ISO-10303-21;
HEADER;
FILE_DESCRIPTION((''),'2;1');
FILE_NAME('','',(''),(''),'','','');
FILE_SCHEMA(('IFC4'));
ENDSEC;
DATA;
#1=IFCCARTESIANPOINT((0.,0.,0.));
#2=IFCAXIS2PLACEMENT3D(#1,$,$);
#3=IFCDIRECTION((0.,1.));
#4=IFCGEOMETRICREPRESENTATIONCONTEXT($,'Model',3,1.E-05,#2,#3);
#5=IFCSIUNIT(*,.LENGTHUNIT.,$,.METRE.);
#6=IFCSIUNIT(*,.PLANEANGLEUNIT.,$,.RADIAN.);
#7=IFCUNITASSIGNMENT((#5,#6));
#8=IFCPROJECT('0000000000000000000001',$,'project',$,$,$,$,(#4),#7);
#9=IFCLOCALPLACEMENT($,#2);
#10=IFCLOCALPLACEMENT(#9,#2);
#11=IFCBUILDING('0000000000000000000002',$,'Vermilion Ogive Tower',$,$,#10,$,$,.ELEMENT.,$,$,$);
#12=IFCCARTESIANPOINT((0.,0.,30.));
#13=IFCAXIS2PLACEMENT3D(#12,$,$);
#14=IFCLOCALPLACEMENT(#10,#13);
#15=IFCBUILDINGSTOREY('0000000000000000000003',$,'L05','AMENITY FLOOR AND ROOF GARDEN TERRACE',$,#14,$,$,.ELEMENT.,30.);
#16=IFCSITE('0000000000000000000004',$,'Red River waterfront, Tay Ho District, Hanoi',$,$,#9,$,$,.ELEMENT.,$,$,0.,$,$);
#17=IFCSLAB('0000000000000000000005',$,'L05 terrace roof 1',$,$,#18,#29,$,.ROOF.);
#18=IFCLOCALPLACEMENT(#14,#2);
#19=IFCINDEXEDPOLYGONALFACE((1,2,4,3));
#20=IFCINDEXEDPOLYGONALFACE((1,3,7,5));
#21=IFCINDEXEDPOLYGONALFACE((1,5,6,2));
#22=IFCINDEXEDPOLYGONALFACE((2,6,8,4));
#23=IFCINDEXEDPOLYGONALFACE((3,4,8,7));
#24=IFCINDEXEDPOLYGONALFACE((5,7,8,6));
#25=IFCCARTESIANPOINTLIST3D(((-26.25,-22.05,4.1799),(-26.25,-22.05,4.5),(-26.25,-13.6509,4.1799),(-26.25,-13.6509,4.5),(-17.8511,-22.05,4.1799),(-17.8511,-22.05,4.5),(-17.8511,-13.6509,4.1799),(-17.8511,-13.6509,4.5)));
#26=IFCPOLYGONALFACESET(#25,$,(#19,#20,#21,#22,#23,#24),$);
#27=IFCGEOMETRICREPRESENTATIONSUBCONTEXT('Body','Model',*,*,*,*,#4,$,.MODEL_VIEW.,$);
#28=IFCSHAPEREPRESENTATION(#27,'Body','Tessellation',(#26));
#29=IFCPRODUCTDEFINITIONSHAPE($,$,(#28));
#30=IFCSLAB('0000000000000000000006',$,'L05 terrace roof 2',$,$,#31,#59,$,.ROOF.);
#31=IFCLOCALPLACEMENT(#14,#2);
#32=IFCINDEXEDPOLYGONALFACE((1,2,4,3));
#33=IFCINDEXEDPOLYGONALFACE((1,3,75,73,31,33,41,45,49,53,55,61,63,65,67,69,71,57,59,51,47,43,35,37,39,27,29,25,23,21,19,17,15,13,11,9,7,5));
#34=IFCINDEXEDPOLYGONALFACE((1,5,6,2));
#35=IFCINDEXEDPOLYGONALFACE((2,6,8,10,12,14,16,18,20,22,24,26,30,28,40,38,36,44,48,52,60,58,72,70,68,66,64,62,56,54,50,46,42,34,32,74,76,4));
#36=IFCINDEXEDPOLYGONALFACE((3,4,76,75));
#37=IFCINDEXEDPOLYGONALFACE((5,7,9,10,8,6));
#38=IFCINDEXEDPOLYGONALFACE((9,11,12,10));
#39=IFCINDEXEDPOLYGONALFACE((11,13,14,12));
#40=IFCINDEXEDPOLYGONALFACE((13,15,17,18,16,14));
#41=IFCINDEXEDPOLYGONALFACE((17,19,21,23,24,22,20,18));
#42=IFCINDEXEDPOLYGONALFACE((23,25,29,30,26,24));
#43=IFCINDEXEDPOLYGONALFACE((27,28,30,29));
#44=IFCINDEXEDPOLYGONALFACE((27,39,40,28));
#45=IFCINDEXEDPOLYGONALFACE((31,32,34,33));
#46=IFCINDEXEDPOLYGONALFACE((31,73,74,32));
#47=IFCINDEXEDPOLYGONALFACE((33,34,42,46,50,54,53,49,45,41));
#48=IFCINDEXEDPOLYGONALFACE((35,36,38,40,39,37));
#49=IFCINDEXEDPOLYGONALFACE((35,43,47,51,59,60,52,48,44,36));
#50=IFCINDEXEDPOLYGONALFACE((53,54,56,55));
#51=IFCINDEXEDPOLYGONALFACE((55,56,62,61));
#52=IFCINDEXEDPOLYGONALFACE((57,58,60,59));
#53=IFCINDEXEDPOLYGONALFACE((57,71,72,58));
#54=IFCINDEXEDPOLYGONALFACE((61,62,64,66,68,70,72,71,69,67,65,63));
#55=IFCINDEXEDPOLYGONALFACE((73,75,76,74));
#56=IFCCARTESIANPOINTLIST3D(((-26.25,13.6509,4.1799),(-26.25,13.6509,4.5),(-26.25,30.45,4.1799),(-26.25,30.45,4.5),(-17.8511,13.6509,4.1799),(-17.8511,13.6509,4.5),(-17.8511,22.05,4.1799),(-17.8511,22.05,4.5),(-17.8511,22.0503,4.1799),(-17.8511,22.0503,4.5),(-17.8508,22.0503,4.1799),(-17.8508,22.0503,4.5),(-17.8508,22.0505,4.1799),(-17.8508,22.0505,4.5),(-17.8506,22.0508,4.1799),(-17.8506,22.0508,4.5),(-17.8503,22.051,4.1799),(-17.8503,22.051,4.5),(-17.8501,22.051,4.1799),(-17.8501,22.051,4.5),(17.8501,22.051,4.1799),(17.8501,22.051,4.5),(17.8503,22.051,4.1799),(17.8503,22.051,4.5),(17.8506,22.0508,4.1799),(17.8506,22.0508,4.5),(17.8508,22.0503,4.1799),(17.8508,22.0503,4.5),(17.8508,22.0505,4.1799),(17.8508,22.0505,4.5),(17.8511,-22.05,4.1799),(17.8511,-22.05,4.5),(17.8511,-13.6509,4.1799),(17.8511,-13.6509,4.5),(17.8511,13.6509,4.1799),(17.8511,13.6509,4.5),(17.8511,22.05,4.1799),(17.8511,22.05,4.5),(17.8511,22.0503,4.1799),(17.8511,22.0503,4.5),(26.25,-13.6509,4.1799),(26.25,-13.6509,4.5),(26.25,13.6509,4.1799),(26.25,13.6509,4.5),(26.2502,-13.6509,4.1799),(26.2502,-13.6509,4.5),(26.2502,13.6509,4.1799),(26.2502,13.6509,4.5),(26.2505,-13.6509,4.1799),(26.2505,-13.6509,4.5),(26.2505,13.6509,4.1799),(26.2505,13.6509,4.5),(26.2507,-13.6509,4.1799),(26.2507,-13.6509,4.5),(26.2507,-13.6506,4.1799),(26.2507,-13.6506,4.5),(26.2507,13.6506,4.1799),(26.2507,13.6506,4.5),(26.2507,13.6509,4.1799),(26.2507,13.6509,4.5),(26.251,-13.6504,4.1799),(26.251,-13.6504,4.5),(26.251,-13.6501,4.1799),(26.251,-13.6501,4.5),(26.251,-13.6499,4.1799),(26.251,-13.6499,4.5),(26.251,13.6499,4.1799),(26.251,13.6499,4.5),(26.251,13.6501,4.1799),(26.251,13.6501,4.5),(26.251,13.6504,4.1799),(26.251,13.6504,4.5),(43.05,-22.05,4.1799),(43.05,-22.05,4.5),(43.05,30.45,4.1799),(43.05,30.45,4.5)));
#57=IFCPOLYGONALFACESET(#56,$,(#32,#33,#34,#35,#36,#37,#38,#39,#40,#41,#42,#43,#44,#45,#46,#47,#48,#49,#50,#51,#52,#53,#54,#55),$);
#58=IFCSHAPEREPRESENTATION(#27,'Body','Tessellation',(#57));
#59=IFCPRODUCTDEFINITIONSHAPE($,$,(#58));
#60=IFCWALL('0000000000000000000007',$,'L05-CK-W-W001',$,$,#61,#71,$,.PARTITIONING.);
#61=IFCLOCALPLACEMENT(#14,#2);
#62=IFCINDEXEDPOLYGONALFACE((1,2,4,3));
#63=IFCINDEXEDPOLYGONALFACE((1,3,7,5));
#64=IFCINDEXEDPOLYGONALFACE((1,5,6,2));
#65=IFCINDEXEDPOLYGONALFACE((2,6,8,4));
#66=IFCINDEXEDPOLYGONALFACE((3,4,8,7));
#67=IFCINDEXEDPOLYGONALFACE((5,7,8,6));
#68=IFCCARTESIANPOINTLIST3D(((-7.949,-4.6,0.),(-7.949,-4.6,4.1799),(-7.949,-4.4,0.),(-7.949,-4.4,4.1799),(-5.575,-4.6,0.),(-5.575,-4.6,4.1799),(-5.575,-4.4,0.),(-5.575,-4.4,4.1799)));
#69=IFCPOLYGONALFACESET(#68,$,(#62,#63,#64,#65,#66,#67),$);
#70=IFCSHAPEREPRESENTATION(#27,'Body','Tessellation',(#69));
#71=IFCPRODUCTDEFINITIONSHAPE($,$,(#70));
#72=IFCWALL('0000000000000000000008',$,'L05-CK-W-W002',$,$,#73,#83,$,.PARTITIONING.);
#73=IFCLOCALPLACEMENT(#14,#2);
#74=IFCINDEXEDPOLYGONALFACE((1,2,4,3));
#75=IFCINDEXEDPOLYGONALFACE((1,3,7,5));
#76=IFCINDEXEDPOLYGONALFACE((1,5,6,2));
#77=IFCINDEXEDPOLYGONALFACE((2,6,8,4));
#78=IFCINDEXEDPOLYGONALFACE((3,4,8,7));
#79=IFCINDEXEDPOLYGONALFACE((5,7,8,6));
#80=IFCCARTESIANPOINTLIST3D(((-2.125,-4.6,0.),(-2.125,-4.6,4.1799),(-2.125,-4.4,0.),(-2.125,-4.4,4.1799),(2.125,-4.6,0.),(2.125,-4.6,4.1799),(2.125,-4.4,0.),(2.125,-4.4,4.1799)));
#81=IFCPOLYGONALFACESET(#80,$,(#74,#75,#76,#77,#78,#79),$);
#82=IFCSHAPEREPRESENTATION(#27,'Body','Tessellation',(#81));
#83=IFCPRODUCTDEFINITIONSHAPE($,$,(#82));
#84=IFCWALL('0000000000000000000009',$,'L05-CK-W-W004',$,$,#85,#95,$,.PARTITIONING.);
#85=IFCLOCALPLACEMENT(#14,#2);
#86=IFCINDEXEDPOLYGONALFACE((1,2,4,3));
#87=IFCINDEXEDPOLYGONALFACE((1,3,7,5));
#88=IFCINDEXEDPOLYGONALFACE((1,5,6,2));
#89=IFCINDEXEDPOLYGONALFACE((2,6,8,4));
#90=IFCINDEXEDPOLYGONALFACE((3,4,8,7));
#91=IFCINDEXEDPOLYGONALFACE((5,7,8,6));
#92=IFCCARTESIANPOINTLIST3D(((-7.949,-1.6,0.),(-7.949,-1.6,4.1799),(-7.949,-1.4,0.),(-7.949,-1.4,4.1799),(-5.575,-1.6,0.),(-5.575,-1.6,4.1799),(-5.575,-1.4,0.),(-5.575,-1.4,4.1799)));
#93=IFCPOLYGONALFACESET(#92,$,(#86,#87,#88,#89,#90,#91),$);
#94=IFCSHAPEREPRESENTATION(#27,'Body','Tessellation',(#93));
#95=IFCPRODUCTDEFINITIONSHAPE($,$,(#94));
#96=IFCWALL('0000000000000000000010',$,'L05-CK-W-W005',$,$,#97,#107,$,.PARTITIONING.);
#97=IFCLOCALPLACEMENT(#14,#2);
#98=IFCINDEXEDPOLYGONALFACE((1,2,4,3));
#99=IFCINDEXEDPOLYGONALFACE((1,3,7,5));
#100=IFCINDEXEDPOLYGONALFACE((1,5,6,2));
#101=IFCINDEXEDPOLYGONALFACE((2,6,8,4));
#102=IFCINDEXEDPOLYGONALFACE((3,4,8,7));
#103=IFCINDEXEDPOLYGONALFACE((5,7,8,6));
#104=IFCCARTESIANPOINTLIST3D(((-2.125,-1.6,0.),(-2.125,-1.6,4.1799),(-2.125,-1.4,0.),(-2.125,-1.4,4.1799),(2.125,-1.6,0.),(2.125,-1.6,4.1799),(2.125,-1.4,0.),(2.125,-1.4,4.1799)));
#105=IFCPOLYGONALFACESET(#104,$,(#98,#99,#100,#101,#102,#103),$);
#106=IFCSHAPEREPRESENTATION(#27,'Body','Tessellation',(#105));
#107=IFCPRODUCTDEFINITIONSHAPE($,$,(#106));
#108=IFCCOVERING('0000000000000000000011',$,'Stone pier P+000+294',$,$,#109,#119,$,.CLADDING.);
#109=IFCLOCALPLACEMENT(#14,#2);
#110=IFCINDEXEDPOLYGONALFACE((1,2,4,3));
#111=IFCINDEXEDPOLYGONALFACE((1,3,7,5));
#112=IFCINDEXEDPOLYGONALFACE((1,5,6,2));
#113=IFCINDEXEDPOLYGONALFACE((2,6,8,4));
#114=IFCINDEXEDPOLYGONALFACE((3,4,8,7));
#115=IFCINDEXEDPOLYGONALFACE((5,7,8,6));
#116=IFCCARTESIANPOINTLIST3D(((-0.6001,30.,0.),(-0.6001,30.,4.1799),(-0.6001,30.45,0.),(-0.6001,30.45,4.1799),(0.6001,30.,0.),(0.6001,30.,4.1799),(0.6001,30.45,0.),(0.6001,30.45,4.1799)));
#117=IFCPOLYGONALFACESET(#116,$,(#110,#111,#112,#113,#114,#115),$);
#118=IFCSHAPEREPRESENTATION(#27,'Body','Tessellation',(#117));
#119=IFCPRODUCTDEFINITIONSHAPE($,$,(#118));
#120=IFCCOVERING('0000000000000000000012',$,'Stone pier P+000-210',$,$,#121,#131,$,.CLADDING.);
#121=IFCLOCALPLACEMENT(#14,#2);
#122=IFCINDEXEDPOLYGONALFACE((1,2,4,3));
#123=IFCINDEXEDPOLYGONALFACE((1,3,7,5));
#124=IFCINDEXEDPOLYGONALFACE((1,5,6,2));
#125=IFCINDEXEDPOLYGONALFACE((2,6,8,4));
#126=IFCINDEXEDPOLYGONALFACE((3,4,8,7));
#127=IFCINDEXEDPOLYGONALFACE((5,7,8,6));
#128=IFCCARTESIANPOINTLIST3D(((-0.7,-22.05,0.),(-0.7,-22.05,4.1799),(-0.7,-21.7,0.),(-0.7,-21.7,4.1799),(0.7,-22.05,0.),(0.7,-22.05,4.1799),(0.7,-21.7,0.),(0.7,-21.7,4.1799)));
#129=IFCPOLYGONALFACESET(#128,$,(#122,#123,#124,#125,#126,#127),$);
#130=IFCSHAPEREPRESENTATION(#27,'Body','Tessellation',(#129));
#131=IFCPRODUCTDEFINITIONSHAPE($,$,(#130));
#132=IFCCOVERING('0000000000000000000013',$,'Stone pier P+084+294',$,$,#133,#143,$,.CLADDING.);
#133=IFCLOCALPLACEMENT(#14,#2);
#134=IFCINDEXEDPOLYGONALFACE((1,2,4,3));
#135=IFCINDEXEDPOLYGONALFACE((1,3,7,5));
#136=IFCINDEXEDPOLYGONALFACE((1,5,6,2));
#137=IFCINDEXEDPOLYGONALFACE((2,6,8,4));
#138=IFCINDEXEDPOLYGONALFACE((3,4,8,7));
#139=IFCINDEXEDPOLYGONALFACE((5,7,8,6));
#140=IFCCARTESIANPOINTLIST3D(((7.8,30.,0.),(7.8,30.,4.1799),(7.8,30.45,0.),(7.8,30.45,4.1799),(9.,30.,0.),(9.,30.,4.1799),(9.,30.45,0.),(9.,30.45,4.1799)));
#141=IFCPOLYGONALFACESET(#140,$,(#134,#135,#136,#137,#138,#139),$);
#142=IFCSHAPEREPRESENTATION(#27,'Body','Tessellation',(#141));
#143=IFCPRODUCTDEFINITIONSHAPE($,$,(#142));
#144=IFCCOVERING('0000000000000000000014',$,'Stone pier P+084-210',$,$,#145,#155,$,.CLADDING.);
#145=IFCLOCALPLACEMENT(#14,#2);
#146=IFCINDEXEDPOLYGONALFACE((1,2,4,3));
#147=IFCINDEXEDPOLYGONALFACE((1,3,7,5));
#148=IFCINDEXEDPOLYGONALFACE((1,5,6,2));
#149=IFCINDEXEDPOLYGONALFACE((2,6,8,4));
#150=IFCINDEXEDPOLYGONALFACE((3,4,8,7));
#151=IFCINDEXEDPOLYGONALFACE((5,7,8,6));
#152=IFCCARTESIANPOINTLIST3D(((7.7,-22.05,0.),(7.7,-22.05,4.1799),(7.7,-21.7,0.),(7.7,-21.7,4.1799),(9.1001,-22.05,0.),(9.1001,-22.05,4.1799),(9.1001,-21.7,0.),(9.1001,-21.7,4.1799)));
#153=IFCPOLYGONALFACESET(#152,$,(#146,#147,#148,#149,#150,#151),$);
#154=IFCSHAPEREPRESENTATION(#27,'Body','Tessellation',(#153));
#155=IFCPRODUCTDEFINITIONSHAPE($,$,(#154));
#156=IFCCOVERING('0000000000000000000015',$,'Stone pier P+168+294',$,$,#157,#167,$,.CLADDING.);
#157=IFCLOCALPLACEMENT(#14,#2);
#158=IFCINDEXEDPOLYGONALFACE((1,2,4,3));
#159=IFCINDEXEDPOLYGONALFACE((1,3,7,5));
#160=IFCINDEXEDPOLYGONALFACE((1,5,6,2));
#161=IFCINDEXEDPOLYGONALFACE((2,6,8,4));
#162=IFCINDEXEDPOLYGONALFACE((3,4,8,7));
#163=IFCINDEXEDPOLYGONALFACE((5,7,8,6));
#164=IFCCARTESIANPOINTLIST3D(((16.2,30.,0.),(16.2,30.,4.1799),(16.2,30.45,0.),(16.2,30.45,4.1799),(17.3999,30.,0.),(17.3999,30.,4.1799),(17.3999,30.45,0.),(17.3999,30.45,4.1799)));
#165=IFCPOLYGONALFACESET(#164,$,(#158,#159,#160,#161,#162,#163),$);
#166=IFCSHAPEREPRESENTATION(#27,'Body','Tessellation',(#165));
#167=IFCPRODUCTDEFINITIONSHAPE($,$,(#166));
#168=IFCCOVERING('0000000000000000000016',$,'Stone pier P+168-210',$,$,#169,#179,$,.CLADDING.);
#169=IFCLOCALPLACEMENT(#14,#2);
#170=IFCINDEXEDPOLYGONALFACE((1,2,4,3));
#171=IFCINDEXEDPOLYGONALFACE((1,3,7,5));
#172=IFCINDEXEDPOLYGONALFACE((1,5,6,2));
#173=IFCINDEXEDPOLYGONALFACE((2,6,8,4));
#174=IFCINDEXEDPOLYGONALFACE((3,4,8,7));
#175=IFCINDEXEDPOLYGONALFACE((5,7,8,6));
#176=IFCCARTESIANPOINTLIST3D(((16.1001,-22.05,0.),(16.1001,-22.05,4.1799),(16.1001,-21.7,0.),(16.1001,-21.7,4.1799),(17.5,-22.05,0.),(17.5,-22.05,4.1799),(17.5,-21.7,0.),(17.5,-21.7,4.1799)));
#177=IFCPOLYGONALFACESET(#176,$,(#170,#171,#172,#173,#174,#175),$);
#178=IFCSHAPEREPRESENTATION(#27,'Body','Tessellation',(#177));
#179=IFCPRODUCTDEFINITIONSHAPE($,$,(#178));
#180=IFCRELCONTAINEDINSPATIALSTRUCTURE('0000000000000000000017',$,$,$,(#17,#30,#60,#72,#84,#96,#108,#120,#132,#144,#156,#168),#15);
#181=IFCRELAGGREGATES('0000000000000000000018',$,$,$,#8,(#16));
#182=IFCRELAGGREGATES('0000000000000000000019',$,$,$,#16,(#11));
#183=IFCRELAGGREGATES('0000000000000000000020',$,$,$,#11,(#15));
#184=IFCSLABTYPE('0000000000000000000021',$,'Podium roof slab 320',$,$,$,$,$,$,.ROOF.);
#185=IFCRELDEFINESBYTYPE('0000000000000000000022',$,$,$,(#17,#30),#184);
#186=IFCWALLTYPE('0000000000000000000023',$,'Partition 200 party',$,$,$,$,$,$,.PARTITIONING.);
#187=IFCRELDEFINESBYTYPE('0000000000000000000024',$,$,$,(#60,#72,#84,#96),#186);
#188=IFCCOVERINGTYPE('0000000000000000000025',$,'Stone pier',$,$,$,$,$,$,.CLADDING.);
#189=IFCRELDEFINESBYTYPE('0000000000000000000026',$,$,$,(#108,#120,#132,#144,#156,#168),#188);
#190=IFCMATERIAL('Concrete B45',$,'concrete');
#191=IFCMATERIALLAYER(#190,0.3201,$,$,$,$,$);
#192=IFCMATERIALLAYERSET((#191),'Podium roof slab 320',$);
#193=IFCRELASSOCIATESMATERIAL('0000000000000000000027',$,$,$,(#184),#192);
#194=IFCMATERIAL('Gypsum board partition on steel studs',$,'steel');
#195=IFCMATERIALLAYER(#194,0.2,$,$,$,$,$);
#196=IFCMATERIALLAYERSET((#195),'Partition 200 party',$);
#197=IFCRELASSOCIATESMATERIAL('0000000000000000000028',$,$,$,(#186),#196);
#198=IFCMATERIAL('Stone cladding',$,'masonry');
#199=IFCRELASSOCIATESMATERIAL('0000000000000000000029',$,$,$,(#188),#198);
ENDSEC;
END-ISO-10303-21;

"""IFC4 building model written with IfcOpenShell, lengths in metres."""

from ifc_helpers import new_model, si_unit, direction, frame, frame_2d, origin, place, context, subcontext, project, spatial, polyline, rectangle, outline, extrude, material, layer, layer_set, type_object, element, save


model = new_model("IFC4")

# Units and contexts
model_context = context("Model", 3, precision=1e-05, world=origin(), true_north=direction((0.0, 1.0)))
body_context = subcontext(model_context, "Body", "Model", "MODEL_VIEW")
ifc_project = project(units=[si_unit("LENGTHUNIT", "METRE"), si_unit("PLANEANGLEUNIT", "RADIAN")], contexts=[model_context])

# Site, building, storey
site_placement = place(None, origin())
site = spatial("IfcSite", under=ifc_project, at=site_placement, Name="Red River waterfront, Tay Ho District, Hanoi", CompositionType="ELEMENT", RefElevation=0.0)
building_placement = place(site_placement, origin())
building = spatial("IfcBuilding", under=site, at=building_placement, Name="Vermilion Ogive Tower", CompositionType="ELEMENT")
storey_placement = place(building_placement, frame((0.0, 0.0, 30.0)))
storey = spatial("IfcBuildingStorey", under=building, at=storey_placement, Name="L05", Description="AMENITY FLOOR AND ROOF GARDEN TERRACE", CompositionType="ELEMENT", Elevation=30.0)

# Slabs
ifc_material_1 = material(Name="Concrete B45", Category="concrete")
ifc_layer_1 = layer(ifc_material_1, 0.3201)
ifc_layer_set_1 = layer_set([ifc_layer_1], Name="Podium roof slab 320")
slab_type_1 = type_object("IfcSlabType", Name="Podium roof slab 320", PredefinedType="ROOF", material=ifc_layer_set_1)
slab_1_placement = place(storey_placement, frame((0.0, 0.0, 4.1799)))
element("IfcSlab", 1, at=slab_1_placement, inside=storey, type_object=slab_type_1, Name="L05 terrace roof 1", PredefinedType="ROOF", context=body_context, shape_type="SweptSolid", body=[
    extrude(outline(polyline([(-26.25, -13.6509), (-26.25, -22.05), (-17.8511, -22.05), (-17.8511, -13.6509), (-26.25, -13.6509)])), origin(), (0.0, 0.0, 1.0), 0.3201),
])
slab_2_placement = place(storey_placement, frame((0.0, 0.0, 4.1799)))
element("IfcSlab", 2, at=slab_2_placement, inside=storey, type_object=slab_type_1, Name="L05 terrace roof 2", PredefinedType="ROOF", context=body_context, shape_type="SweptSolid", body=[
    extrude(outline(polyline([(-26.25, 30.45), (-26.25, 13.6509), (-17.8511, 13.6509), (-17.8511, 22.05), (-17.8511, 22.0503), (-17.8508, 22.0503), (-17.8508, 22.0505), (-17.8506, 22.0508), (-17.8503, 22.051), (-17.8501, 22.051), (17.8501, 22.051), (17.8503, 22.051), (17.8506, 22.0508), (17.8508, 22.0505), (17.8508, 22.0503), (17.8511, 22.0503), (17.8511, 22.05), (17.8511, 13.6509), (26.25, 13.6509), (26.2502, 13.6509), (26.2505, 13.6509), (26.2507, 13.6509), (26.2507, 13.6506), (26.251, 13.6504), (26.251, 13.6501), (26.251, 13.6499), (26.251, -13.6499), (26.251, -13.6501), (26.251, -13.6504), (26.2507, -13.6506), (26.2507, -13.6509), (26.2505, -13.6509), (26.2502, -13.6509), (26.25, -13.6509), (17.8511, -13.6509), (17.8511, -22.05), (43.05, -22.05), (43.05, 30.45), (-26.25, 30.45)])), origin(), (0.0, 0.0, 1.0), 0.3201),
])

# Walls
ifc_material_2 = material(Name="Gypsum board partition on steel studs", Category="steel")
ifc_layer_2 = layer(ifc_material_2, 0.2)
ifc_layer_set_2 = layer_set([ifc_layer_2], Name="Partition 200 party")
wall_type = type_object("IfcWallType", Name="Partition 200 party", PredefinedType="PARTITIONING", material=ifc_layer_set_2)
wall_1_placement = place(storey_placement, frame((-7.949, -4.5, 0.0), z_axis=(0.0, 0.0, 1.0), x_axis=(1.0, 0.0, 0.0)))
element("IfcWall", 3, at=wall_1_placement, inside=storey, type_object=wall_type, Name="L05-CK-W-W001", PredefinedType="PARTITIONING", context=body_context, shape_type="SweptSolid", body=[
    extrude(rectangle(XDim=2.374, YDim=0.2, at=frame_2d((1.187, 0.0))), origin(), (0.0, 0.0, 1.0), 4.1799),
])
wall_2_placement = place(storey_placement, frame((-2.125, -4.5, 0.0), z_axis=(0.0, 0.0, 1.0), x_axis=(1.0, 0.0, 0.0)))
element("IfcWall", 4, at=wall_2_placement, inside=storey, type_object=wall_type, Name="L05-CK-W-W002", PredefinedType="PARTITIONING", context=body_context, shape_type="SweptSolid", body=[
    extrude(rectangle(XDim=4.25, YDim=0.2, at=frame_2d((2.125, 0.0))), origin(), (0.0, 0.0, 1.0), 4.1799),
])
wall_3_placement = place(storey_placement, frame((-7.949, -1.5, 0.0), z_axis=(0.0, 0.0, 1.0), x_axis=(1.0, 0.0, 0.0)))
element("IfcWall", 5, at=wall_3_placement, inside=storey, type_object=wall_type, Name="L05-CK-W-W004", PredefinedType="PARTITIONING", context=body_context, shape_type="SweptSolid", body=[
    extrude(rectangle(XDim=2.374, YDim=0.2, at=frame_2d((1.187, 0.0))), origin(), (0.0, 0.0, 1.0), 4.1799),
])
wall_4_placement = place(storey_placement, frame((-2.125, -1.5, 0.0), z_axis=(0.0, 0.0, 1.0), x_axis=(1.0, 0.0, 0.0)))
element("IfcWall", 6, at=wall_4_placement, inside=storey, type_object=wall_type, Name="L05-CK-W-W005", PredefinedType="PARTITIONING", context=body_context, shape_type="SweptSolid", body=[
    extrude(rectangle(XDim=4.25, YDim=0.2, at=frame_2d((2.125, 0.0))), origin(), (0.0, 0.0, 1.0), 4.1799),
])

# Coverings
ifc_material_3 = material(Name="Stone cladding", Category="masonry")
covering_type = type_object("IfcCoveringType", Name="Stone pier", PredefinedType="CLADDING", material=ifc_material_3)
covering_1_placement = place(storey_placement, origin())
element("IfcCovering", 7, at=covering_1_placement, inside=storey, type_object=covering_type, Name="Stone pier P+000+294", PredefinedType="CLADDING", context=body_context, shape_type="SweptSolid", body=[
    extrude(outline(polyline([(-0.6001, 30.0), (-0.6001, 30.0), (-0.6001, 30.45), (0.6001, 30.45), (0.6001, 30.0), (0.6001, 30.0), (-0.6001, 30.0)])), origin(), (0.0, 0.0, 1.0), 4.1799),
])
covering_2_placement = place(storey_placement, origin())
element("IfcCovering", 8, at=covering_2_placement, inside=storey, type_object=covering_type, Name="Stone pier P+000-210", PredefinedType="CLADDING", context=body_context, shape_type="SweptSolid", body=[
    extrude(outline(polyline([(0.7, -22.05), (-0.7, -22.05), (-0.7, -21.7), (0.7, -21.7), (0.7, -22.05)])), origin(), (0.0, 0.0, 1.0), 4.1799),
])
covering_3_placement = place(storey_placement, origin())
element("IfcCovering", 9, at=covering_3_placement, inside=storey, type_object=covering_type, Name="Stone pier P+084+294", PredefinedType="CLADDING", context=body_context, shape_type="SweptSolid", body=[
    extrude(outline(polyline([(7.8, 30.0), (7.8, 30.45), (9.0, 30.45), (9.0, 30.0), (7.8, 30.0), (7.8, 30.0)])), origin(), (0.0, 0.0, 1.0), 4.1799),
])
covering_4_placement = place(storey_placement, origin())
element("IfcCovering", 10, at=covering_4_placement, inside=storey, type_object=covering_type, Name="Stone pier P+084-210", PredefinedType="CLADDING", context=body_context, shape_type="SweptSolid", body=[
    extrude(outline(polyline([(9.1001, -21.7), (9.1001, -21.7), (9.1001, -22.05), (7.7, -22.05), (7.7, -21.7), (7.7, -21.7), (9.1001, -21.7)])), origin(), (0.0, 0.0, 1.0), 4.1799),
])
covering_5_placement = place(storey_placement, origin())
element("IfcCovering", 11, at=covering_5_placement, inside=storey, type_object=covering_type, Name="Stone pier P+168+294", PredefinedType="CLADDING", context=body_context, shape_type="SweptSolid", body=[
    extrude(outline(polyline([(16.2, 30.45), (17.3999, 30.45), (17.3999, 30.0), (16.2, 30.0), (16.2, 30.45)])), origin(), (0.0, 0.0, 1.0), 4.1799),
])
covering_6_placement = place(storey_placement, origin())
element("IfcCovering", 12, at=covering_6_placement, inside=storey, type_object=covering_type, Name="Stone pier P+168-210", PredefinedType="CLADDING", context=body_context, shape_type="SweptSolid", body=[
    extrude(outline(polyline([(17.5, -21.7), (17.5, -21.7), (17.5, -22.05), (16.1001, -22.05), (16.1001, -21.7), (16.1001, -21.7), (17.5, -21.7)])), origin(), (0.0, 0.0, 1.0), 4.1799),
])

save(model, "model.ifc")
